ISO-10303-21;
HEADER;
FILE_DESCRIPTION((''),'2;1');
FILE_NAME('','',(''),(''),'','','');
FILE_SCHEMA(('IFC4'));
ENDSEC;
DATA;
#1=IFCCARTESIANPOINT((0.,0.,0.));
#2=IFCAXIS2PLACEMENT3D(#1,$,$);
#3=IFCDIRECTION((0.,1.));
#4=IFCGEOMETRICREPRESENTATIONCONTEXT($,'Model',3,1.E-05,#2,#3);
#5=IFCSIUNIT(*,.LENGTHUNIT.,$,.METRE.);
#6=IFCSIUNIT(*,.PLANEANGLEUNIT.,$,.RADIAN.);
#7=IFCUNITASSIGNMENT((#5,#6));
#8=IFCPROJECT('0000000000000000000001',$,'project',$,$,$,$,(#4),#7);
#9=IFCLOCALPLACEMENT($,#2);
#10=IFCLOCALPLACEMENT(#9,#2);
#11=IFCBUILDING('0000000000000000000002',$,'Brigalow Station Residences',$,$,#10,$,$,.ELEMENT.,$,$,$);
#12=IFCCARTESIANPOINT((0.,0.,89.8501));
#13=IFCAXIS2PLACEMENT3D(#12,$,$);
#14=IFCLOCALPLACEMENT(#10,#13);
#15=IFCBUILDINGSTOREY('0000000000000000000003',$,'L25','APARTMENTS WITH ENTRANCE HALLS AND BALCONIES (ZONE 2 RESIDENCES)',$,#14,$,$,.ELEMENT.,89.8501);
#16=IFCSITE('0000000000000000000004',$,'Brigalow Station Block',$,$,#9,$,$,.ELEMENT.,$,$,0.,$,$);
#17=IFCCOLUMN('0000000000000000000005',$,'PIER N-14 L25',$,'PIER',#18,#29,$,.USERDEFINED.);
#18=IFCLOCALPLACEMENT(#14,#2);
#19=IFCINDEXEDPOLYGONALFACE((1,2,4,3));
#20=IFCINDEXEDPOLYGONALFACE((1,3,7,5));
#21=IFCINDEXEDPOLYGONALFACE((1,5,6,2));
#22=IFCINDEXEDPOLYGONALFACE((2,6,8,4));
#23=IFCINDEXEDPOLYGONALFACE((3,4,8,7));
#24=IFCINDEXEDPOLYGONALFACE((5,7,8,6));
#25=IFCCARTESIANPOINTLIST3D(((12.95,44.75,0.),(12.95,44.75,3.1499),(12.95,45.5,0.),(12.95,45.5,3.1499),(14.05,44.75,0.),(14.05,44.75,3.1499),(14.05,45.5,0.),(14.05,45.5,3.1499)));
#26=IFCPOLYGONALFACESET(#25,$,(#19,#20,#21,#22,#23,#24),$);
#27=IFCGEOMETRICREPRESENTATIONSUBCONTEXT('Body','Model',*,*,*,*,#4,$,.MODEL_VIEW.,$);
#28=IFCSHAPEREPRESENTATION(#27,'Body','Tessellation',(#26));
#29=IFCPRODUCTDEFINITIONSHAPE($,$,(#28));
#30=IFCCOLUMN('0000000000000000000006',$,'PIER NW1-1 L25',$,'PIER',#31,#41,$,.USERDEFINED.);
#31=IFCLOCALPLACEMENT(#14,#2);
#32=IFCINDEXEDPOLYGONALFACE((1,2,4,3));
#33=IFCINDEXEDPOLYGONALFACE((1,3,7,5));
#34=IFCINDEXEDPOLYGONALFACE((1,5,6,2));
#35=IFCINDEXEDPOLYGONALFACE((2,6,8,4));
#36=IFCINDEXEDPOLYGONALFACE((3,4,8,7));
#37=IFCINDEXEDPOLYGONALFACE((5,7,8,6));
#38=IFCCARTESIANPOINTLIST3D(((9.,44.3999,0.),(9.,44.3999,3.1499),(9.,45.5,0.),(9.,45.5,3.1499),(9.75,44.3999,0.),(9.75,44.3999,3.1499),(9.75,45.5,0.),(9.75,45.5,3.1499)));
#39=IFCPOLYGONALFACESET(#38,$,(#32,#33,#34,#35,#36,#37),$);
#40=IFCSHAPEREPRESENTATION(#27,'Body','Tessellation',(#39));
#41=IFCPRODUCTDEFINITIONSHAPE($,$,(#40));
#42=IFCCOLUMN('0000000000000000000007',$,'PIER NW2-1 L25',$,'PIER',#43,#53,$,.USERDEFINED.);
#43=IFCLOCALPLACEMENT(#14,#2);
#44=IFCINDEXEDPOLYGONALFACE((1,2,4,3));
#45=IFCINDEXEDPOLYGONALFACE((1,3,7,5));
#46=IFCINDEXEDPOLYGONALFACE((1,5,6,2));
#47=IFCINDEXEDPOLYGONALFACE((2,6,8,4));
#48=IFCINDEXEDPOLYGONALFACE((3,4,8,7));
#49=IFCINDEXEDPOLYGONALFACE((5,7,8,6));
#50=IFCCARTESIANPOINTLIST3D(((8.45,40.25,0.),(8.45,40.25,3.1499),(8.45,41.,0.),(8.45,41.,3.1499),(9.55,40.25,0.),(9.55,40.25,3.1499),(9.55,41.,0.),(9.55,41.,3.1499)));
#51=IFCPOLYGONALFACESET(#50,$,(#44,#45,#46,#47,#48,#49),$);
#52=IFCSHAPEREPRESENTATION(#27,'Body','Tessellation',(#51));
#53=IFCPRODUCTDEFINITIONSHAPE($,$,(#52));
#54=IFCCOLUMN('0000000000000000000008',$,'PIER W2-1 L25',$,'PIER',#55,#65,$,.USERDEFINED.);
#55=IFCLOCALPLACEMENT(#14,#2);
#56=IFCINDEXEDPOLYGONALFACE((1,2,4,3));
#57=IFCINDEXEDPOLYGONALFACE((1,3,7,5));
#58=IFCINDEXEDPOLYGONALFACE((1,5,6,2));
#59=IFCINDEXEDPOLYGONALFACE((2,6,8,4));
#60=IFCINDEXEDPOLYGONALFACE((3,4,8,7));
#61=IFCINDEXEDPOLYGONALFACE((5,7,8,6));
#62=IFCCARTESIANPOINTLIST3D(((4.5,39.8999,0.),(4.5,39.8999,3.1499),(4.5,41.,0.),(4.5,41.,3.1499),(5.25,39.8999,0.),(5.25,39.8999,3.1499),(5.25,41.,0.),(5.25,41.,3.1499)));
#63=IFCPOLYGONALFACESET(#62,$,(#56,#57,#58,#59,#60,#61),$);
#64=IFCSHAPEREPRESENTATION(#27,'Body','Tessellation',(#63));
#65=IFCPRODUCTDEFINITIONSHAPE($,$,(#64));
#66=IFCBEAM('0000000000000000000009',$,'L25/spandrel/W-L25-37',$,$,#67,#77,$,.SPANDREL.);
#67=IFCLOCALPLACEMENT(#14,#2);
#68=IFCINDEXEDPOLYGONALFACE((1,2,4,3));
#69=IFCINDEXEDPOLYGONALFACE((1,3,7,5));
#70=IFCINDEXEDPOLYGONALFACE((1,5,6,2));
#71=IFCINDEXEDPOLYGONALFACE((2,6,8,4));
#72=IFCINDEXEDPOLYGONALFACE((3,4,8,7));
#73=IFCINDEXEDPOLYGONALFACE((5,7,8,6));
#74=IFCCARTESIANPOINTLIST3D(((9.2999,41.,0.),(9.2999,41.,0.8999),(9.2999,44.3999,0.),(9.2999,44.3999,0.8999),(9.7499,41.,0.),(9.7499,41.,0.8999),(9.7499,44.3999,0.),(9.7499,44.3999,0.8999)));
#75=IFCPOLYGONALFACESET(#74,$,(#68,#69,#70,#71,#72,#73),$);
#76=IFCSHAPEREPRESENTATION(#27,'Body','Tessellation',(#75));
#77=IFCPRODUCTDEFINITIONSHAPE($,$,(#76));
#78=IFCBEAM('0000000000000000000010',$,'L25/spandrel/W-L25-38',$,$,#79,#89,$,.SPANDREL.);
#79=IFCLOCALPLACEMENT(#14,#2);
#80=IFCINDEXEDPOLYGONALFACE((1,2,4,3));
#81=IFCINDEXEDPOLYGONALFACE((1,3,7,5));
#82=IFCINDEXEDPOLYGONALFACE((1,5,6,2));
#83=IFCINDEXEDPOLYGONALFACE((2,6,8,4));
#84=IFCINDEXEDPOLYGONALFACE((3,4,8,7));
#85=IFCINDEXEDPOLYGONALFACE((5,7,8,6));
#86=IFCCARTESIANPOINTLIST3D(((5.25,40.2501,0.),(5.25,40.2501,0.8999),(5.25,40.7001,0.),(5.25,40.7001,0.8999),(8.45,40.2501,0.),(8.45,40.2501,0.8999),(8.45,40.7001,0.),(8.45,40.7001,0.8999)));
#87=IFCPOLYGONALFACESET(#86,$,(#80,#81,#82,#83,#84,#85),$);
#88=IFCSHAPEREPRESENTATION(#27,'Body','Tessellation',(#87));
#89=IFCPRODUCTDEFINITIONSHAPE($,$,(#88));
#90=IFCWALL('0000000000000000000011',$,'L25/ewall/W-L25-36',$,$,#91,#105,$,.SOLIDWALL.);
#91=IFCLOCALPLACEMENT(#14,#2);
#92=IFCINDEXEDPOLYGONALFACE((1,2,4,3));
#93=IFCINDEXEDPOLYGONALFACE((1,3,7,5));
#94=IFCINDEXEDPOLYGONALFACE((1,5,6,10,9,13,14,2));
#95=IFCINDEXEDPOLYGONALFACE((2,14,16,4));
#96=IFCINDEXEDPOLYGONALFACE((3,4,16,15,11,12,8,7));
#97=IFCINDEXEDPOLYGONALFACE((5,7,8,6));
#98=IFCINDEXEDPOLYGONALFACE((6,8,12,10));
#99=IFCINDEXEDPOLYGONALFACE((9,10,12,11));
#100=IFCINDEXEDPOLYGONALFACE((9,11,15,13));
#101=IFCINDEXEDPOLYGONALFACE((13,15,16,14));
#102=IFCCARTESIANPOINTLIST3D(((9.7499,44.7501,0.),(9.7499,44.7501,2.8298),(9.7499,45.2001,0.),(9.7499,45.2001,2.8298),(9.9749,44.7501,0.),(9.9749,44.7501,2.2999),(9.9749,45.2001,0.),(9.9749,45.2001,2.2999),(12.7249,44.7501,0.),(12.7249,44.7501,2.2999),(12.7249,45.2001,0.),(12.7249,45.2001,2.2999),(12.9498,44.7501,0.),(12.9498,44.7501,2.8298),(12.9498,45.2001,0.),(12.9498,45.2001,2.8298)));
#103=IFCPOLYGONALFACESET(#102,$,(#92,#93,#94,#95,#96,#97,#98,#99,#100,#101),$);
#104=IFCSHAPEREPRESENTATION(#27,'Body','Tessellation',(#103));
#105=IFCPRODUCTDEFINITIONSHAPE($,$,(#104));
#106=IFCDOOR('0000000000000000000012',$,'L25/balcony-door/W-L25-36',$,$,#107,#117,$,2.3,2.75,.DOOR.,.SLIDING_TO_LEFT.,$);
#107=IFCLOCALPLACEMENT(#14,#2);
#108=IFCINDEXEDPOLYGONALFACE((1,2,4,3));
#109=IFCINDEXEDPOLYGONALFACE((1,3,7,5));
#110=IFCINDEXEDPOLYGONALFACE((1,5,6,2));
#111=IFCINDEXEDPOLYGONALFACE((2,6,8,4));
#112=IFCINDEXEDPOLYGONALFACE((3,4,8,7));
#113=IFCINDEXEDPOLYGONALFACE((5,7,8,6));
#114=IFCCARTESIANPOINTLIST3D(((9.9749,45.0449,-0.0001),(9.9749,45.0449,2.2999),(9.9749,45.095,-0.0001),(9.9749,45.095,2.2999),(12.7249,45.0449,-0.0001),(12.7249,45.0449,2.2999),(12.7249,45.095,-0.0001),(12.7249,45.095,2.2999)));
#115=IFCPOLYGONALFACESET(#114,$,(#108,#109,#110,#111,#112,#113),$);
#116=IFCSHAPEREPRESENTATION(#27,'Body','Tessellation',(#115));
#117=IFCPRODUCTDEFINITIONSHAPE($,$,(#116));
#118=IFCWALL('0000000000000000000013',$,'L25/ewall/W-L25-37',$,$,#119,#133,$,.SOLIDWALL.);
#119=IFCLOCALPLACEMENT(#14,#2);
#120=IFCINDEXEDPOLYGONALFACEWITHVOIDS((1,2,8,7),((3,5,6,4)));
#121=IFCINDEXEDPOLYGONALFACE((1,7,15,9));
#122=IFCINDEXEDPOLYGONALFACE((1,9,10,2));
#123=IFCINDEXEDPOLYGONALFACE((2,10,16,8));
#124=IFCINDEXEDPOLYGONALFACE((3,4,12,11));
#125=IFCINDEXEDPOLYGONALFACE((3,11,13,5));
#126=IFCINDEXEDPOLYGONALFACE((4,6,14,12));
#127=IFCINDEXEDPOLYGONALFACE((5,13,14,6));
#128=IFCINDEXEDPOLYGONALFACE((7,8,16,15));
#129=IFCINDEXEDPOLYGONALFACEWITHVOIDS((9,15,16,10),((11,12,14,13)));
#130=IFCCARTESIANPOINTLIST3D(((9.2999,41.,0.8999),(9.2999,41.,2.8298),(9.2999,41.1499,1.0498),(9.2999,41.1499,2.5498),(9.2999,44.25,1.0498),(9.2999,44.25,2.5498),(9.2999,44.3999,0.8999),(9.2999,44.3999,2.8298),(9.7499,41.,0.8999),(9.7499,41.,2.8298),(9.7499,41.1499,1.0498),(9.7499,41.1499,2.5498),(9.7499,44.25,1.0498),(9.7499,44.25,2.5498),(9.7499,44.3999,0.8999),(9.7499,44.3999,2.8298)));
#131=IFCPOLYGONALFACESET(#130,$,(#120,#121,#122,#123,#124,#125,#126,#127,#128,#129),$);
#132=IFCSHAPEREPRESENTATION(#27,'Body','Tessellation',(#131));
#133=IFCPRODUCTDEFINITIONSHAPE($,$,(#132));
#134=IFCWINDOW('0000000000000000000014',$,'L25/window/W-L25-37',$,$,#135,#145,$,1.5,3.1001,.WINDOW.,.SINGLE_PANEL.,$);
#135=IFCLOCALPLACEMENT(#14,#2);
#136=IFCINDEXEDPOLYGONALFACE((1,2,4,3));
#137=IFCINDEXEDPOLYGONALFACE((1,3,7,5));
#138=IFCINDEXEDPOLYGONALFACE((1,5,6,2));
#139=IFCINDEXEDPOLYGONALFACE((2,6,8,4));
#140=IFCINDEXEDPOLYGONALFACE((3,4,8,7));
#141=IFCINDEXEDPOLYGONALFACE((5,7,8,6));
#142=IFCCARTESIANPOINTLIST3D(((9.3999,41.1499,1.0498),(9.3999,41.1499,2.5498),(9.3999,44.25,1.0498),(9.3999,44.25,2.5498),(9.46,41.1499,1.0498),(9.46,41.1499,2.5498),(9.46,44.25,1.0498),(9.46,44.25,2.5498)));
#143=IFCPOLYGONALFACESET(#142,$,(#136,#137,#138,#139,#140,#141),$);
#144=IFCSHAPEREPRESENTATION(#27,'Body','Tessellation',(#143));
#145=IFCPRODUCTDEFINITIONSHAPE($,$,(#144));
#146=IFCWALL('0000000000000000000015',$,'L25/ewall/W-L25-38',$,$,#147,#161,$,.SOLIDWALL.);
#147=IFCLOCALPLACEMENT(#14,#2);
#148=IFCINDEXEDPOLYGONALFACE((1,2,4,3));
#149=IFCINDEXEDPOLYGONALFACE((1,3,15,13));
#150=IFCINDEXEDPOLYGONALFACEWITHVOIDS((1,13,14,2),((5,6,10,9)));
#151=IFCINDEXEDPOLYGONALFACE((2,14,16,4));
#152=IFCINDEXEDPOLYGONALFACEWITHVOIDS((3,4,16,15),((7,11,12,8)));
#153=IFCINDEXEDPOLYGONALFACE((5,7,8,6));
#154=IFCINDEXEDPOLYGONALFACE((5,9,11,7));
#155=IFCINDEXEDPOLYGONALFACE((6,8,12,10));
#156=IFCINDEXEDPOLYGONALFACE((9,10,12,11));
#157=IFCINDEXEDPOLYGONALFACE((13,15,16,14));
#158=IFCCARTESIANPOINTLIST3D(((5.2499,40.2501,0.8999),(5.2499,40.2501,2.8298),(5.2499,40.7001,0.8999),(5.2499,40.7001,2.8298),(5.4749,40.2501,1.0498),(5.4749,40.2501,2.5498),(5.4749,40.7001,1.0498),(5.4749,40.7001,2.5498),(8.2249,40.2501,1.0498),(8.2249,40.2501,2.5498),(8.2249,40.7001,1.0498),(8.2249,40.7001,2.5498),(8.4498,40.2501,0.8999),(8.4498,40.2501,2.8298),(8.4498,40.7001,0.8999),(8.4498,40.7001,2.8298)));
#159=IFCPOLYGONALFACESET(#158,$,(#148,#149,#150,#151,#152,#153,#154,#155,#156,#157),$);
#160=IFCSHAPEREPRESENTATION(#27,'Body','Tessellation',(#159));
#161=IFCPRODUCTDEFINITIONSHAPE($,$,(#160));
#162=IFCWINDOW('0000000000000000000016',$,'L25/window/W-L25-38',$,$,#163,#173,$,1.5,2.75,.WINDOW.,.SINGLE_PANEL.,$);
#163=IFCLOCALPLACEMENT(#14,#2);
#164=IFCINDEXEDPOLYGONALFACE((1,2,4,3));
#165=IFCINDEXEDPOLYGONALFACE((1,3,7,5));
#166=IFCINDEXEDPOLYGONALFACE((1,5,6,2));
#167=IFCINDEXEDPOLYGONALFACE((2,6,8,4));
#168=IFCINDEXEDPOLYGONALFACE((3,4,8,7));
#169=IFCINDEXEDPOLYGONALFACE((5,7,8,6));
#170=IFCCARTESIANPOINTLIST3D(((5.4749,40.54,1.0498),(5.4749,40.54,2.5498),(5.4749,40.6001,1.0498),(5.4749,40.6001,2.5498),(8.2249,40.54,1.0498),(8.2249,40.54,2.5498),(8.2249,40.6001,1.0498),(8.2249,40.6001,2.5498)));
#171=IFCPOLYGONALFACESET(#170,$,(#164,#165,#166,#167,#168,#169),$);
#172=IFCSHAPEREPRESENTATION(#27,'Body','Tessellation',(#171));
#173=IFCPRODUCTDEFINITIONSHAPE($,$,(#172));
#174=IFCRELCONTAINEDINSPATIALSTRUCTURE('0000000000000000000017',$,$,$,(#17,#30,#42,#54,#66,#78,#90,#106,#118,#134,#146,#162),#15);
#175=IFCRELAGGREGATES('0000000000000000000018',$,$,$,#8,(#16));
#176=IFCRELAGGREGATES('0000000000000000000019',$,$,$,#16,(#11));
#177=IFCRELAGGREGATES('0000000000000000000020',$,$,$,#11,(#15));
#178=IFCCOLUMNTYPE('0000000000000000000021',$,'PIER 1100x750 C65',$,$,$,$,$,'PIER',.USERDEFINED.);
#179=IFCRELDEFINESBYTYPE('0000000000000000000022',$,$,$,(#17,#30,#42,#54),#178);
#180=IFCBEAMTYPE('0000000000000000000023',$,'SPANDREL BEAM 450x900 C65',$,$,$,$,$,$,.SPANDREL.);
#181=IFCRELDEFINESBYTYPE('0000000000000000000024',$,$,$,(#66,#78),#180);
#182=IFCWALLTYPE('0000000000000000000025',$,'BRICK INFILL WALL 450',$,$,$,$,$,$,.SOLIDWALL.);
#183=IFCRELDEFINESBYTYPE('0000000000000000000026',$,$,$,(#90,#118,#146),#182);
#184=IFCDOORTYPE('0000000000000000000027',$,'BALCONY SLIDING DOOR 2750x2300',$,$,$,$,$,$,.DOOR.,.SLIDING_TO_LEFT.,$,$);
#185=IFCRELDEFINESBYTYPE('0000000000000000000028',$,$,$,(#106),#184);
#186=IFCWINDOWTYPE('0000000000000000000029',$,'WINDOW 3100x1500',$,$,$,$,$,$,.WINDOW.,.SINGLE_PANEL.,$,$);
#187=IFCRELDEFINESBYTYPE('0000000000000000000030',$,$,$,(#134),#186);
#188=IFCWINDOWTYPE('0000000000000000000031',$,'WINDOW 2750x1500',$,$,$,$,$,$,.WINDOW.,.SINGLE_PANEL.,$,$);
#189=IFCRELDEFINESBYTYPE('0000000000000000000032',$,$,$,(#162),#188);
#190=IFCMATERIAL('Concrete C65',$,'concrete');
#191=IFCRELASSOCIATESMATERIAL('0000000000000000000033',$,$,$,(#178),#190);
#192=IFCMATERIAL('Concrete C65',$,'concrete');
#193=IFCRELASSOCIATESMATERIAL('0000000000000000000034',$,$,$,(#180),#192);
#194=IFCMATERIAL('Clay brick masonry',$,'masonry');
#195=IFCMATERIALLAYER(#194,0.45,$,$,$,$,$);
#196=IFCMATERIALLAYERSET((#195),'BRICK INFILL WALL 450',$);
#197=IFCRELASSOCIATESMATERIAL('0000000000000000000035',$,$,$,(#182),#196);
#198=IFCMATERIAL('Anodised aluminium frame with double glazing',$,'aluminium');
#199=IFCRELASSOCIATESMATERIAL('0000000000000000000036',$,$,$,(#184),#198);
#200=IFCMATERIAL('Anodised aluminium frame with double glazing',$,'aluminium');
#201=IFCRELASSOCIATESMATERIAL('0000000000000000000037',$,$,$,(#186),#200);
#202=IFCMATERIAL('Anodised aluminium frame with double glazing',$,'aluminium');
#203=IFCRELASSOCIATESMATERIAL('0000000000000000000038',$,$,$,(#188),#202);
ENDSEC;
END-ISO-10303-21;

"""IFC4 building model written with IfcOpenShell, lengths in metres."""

from ifc_helpers import new_model, si_unit, direction, frame, frame_2d, origin, origin_2d, place, context, subcontext, project, spatial, rectangle, extrude, material, layer, layer_set, material_profile, profile_set, type_object, element, fill, save


model = new_model("IFC4")

# Units and contexts
model_context = context("Model", 3, precision=1e-05, world=origin(), true_north=direction((0.0, 1.0)))
body_context = subcontext(model_context, "Body", "Model", "MODEL_VIEW")
ifc_project = project(units=[si_unit("LENGTHUNIT", "METRE"), si_unit("PLANEANGLEUNIT", "RADIAN")], contexts=[model_context])

# Site, building, storey
site_placement = place(None, origin())
site = spatial("IfcSite", under=ifc_project, at=site_placement, Name="Brigalow Station Block", CompositionType="ELEMENT", RefElevation=0.0)
building_placement = place(site_placement, origin())
building = spatial("IfcBuilding", under=site, at=building_placement, Name="Brigalow Station Residences", CompositionType="ELEMENT")
storey_placement = place(building_placement, frame((0.0, 0.0, 89.8501)))
storey = spatial("IfcBuildingStorey", under=building, at=storey_placement, Name="L25", Description="APARTMENTS WITH ENTRANCE HALLS AND BALCONIES (ZONE 2 RESIDENCES)", CompositionType="ELEMENT", Elevation=89.8501)

# Columns
ifc_material_1 = material(Name="Concrete C65", Category="concrete")
ifc_material_profile_1 = material_profile(ifc_material_1, rectangle(XDim=1.1001, YDim=0.75, at=origin_2d()), Name="RC1100x750")
ifc_profile_set_1 = profile_set([ifc_material_profile_1], Name="Concrete C65")
column_type = type_object("IfcColumnType", Name="PIER 1100x750 C65", ElementType="PIER", PredefinedType="USERDEFINED", material=ifc_profile_set_1)
for number, where, z_axis, x_axis, name in (
    (1, (13.5, 45.125, 0.0), (0.0, 0.0, 1.0), (-1.0, 0.0, 0.0), "PIER N-14 L25"),
    (2, (9.375, 44.95, 0.0), (0.0, 0.0, 1.0), (0.0, -1.0, 0.0), "PIER NW1-1 L25"),
    (3, (9.0, 40.625, 0.0), (0.0, 0.0, 1.0), (-1.0, 0.0, 0.0), "PIER NW2-1 L25"),
    (4, (4.875, 40.45, 0.0), (0.0, 0.0, 1.0), (0.0, -1.0, 0.0), "PIER W2-1 L25"),
):
    element("IfcColumn", number, at=place(storey_placement, frame(where, z_axis=z_axis, x_axis=x_axis)), inside=storey, type_object=column_type, Name=name, ObjectType="PIER", PredefinedType="USERDEFINED", context=body_context, shape_type="SweptSolid", body=[
        extrude(rectangle(XDim=1.1001, YDim=0.75, at=origin_2d()), origin(), (0.0, 0.0, 1.0), 3.1499),
    ])

# Beams
ifc_material_2 = material(Name="Concrete C65", Category="concrete")
ifc_material_profile_2 = material_profile(ifc_material_2, rectangle(XDim=0.45, YDim=0.8999, at=origin_2d()), Name="RC450x900")
ifc_profile_set_2 = profile_set([ifc_material_profile_2], Name="Concrete C65")
beam_type = type_object("IfcBeamType", Name="SPANDREL BEAM 450x900 C65", PredefinedType="SPANDREL", material=ifc_profile_set_2)
beam_1_placement = place(storey_placement, frame((9.5249, 44.3999, 0.45), z_axis=(0.0, -1.0, 0.0), x_axis=(1.0, 0.0, 0.0)))
element("IfcBeam", 5, at=beam_1_placement, inside=storey, type_object=beam_type, Name="L25/spandrel/W-L25-37", PredefinedType="SPANDREL", context=body_context, shape_type="SweptSolid", body=[
    extrude(rectangle(XDim=0.45, YDim=0.8999, at=origin_2d()), origin(), (0.0, 0.0, 1.0), 3.3999),
])
beam_2_placement = place(storey_placement, frame((8.45, 40.4751, 0.45), z_axis=(-1.0, 0.0, 0.0), x_axis=(0.0, -1.0, 0.0)))
element("IfcBeam", 6, at=beam_2_placement, inside=storey, type_object=beam_type, Name="L25/spandrel/W-L25-38", PredefinedType="SPANDREL", context=body_context, shape_type="SweptSolid", body=[
    extrude(rectangle(XDim=0.45, YDim=0.8999, at=origin_2d()), origin(), (0.0, 0.0, 1.0), 3.2),
])

# Wall, opening, door
ifc_material_3 = material(Name="Clay brick masonry", Category="masonry")
ifc_layer_1 = layer(ifc_material_3, 0.45)
ifc_layer_set_1 = layer_set([ifc_layer_1], Name="BRICK INFILL WALL 450")
wall_type_1 = type_object("IfcWallType", Name="BRICK INFILL WALL 450", PredefinedType="SOLIDWALL", material=ifc_layer_set_1)
wall_1_placement = place(storey_placement, frame((12.95, 44.9751, 0.0), z_axis=(0.0, 0.0, 1.0), x_axis=(-1.0, 0.0, 0.0)))
wall_1 = element("IfcWall", 7, at=wall_1_placement, inside=storey, type_object=wall_type_1, Name="L25/ewall/W-L25-36", PredefinedType="SOLIDWALL", context=body_context, shape_type="SweptSolid", body=[
    extrude(rectangle(XDim=3.2, YDim=0.45, at=frame_2d((1.6001, 0.0))), origin(), (0.0, 0.0, 1.0), 2.8298),
])
opening_1_placement = place(wall_1_placement, frame((0.2251, 0.0, 0.0)))
opening_1 = element("IfcOpeningElement", 8, at=opening_1_placement, cuts=wall_1, PredefinedType="OPENING", context=body_context, shape_type="SweptSolid", body=[
    extrude(rectangle(XDim=2.75, YDim=2.3, at=frame_2d((1.375, 1.1499))), frame((0.0, 0.2349, 0.0), z_axis=(0.0, -1.0, 0.0), x_axis=(1.0, 0.0, 0.0)), (0.0, 0.0, 1.0), 0.47),
])
ifc_material_4 = material(Name="Anodised aluminium frame with double glazing", Category="aluminium")
door_type_1 = type_object("IfcDoorType", Name="BALCONY SLIDING DOOR 2750x2300", OperationType="SLIDING_TO_LEFT", PredefinedType="DOOR", material=ifc_material_4)
door_1_placement = place(opening_1_placement, origin())
door_1 = element("IfcDoor", 9, at=door_1_placement, inside=storey, type_object=door_type_1, Name="L25/balcony-door/W-L25-36", OperationType="SLIDING_TO_LEFT", OverallHeight=2.3, OverallWidth=2.75, PredefinedType="DOOR", context=body_context, shape_type="SweptSolid", body=[
    extrude(rectangle(XDim=2.75, YDim=2.3, at=frame_2d((1.375, 1.1499))), frame((0.0, -0.0698, 0.0), z_axis=(0.0, -1.0, 0.0), x_axis=(1.0, 0.0, 0.0)), (0.0, 0.0, 1.0), 0.05),
])
fill(opening_1, door_1)

# Walls, openings, windows
wall_2_placement = place(storey_placement, frame((9.5249, 44.3999, 0.8999), z_axis=(0.0, 0.0, 1.0), x_axis=(0.0, -1.0, 0.0)))
wall_2 = element("IfcWall", 10, at=wall_2_placement, inside=storey, type_object=wall_type_1, Name="L25/ewall/W-L25-37", PredefinedType="SOLIDWALL", context=body_context, shape_type="SweptSolid", body=[
    extrude(rectangle(XDim=3.3999, YDim=0.45, at=frame_2d((1.7, 0.0))), origin(), (0.0, 0.0, 1.0), 1.9299),
])
opening_2_placement = place(wall_2_placement, frame((0.1499, 0.0, 0.1499)))
opening_2 = element("IfcOpeningElement", 11, at=opening_2_placement, cuts=wall_2, PredefinedType="OPENING", context=body_context, shape_type="SweptSolid", body=[
    extrude(rectangle(XDim=3.1001, YDim=1.5, at=frame_2d((1.55, 0.75))), frame((0.0, 0.2349, 0.0), z_axis=(0.0, -1.0, 0.0), x_axis=(1.0, 0.0, 0.0)), (0.0, 0.0, 1.0), 0.47),
])
ifc_material_5 = material(Name="Anodised aluminium frame with double glazing", Category="aluminium")
window_type_1 = type_object("IfcWindowType", Name="WINDOW 3100x1500", PartitioningType="SINGLE_PANEL", PredefinedType="WINDOW", material=ifc_material_5)
window_1_placement = place(opening_2_placement, origin())
window_1 = element("IfcWindow", 12, at=window_1_placement, inside=storey, type_object=window_type_1, Name="L25/window/W-L25-37", OverallHeight=1.5, OverallWidth=3.1001, PartitioningType="SINGLE_PANEL", PredefinedType="WINDOW", context=body_context, shape_type="SweptSolid", body=[
    extrude(rectangle(XDim=3.1001, YDim=1.5, at=frame_2d((1.55, 0.75))), frame((0.0, -0.0649, 0.0), z_axis=(0.0, -1.0, 0.0), x_axis=(1.0, 0.0, 0.0)), (0.0, 0.0, 1.0), 0.0601),
])
fill(opening_2, window_1)
wall_3_placement = place(storey_placement, frame((8.45, 40.4751, 0.8999), z_axis=(0.0, 0.0, 1.0), x_axis=(-1.0, 0.0, 0.0)))
wall_3 = element("IfcWall", 13, at=wall_3_placement, inside=storey, type_object=wall_type_1, Name="L25/ewall/W-L25-38", PredefinedType="SOLIDWALL", context=body_context, shape_type="SweptSolid", body=[
    extrude(rectangle(XDim=3.2, YDim=0.45, at=frame_2d((1.6001, 0.0))), origin(), (0.0, 0.0, 1.0), 1.9299),
])
opening_3_placement = place(wall_3_placement, frame((0.2251, 0.0, 0.1499)))
opening_3 = element("IfcOpeningElement", 14, at=opening_3_placement, cuts=wall_3, PredefinedType="OPENING", context=body_context, shape_type="SweptSolid", body=[
    extrude(rectangle(XDim=2.75, YDim=1.5, at=frame_2d((1.375, 0.75))), frame((0.0, 0.2349, 0.0), z_axis=(0.0, -1.0, 0.0), x_axis=(1.0, 0.0, 0.0)), (0.0, 0.0, 1.0), 0.47),
])
ifc_material_6 = material(Name="Anodised aluminium frame with double glazing", Category="aluminium")
window_type_2 = type_object("IfcWindowType", Name="WINDOW 2750x1500", PartitioningType="SINGLE_PANEL", PredefinedType="WINDOW", material=ifc_material_6)
window_2_placement = place(opening_3_placement, origin())
window_2 = element("IfcWindow", 15, at=window_2_placement, inside=storey, type_object=window_type_2, Name="L25/window/W-L25-38", OverallHeight=1.5, OverallWidth=2.75, PartitioningType="SINGLE_PANEL", PredefinedType="WINDOW", context=body_context, shape_type="SweptSolid", body=[
    extrude(rectangle(XDim=2.75, YDim=1.5, at=frame_2d((1.375, 0.75))), frame((0.0, -0.0649, 0.0), z_axis=(0.0, -1.0, 0.0), x_axis=(1.0, 0.0, 0.0)), (0.0, 0.0, 1.0), 0.0601),
])
fill(opening_3, window_2)

save(model, "model.ifc")
